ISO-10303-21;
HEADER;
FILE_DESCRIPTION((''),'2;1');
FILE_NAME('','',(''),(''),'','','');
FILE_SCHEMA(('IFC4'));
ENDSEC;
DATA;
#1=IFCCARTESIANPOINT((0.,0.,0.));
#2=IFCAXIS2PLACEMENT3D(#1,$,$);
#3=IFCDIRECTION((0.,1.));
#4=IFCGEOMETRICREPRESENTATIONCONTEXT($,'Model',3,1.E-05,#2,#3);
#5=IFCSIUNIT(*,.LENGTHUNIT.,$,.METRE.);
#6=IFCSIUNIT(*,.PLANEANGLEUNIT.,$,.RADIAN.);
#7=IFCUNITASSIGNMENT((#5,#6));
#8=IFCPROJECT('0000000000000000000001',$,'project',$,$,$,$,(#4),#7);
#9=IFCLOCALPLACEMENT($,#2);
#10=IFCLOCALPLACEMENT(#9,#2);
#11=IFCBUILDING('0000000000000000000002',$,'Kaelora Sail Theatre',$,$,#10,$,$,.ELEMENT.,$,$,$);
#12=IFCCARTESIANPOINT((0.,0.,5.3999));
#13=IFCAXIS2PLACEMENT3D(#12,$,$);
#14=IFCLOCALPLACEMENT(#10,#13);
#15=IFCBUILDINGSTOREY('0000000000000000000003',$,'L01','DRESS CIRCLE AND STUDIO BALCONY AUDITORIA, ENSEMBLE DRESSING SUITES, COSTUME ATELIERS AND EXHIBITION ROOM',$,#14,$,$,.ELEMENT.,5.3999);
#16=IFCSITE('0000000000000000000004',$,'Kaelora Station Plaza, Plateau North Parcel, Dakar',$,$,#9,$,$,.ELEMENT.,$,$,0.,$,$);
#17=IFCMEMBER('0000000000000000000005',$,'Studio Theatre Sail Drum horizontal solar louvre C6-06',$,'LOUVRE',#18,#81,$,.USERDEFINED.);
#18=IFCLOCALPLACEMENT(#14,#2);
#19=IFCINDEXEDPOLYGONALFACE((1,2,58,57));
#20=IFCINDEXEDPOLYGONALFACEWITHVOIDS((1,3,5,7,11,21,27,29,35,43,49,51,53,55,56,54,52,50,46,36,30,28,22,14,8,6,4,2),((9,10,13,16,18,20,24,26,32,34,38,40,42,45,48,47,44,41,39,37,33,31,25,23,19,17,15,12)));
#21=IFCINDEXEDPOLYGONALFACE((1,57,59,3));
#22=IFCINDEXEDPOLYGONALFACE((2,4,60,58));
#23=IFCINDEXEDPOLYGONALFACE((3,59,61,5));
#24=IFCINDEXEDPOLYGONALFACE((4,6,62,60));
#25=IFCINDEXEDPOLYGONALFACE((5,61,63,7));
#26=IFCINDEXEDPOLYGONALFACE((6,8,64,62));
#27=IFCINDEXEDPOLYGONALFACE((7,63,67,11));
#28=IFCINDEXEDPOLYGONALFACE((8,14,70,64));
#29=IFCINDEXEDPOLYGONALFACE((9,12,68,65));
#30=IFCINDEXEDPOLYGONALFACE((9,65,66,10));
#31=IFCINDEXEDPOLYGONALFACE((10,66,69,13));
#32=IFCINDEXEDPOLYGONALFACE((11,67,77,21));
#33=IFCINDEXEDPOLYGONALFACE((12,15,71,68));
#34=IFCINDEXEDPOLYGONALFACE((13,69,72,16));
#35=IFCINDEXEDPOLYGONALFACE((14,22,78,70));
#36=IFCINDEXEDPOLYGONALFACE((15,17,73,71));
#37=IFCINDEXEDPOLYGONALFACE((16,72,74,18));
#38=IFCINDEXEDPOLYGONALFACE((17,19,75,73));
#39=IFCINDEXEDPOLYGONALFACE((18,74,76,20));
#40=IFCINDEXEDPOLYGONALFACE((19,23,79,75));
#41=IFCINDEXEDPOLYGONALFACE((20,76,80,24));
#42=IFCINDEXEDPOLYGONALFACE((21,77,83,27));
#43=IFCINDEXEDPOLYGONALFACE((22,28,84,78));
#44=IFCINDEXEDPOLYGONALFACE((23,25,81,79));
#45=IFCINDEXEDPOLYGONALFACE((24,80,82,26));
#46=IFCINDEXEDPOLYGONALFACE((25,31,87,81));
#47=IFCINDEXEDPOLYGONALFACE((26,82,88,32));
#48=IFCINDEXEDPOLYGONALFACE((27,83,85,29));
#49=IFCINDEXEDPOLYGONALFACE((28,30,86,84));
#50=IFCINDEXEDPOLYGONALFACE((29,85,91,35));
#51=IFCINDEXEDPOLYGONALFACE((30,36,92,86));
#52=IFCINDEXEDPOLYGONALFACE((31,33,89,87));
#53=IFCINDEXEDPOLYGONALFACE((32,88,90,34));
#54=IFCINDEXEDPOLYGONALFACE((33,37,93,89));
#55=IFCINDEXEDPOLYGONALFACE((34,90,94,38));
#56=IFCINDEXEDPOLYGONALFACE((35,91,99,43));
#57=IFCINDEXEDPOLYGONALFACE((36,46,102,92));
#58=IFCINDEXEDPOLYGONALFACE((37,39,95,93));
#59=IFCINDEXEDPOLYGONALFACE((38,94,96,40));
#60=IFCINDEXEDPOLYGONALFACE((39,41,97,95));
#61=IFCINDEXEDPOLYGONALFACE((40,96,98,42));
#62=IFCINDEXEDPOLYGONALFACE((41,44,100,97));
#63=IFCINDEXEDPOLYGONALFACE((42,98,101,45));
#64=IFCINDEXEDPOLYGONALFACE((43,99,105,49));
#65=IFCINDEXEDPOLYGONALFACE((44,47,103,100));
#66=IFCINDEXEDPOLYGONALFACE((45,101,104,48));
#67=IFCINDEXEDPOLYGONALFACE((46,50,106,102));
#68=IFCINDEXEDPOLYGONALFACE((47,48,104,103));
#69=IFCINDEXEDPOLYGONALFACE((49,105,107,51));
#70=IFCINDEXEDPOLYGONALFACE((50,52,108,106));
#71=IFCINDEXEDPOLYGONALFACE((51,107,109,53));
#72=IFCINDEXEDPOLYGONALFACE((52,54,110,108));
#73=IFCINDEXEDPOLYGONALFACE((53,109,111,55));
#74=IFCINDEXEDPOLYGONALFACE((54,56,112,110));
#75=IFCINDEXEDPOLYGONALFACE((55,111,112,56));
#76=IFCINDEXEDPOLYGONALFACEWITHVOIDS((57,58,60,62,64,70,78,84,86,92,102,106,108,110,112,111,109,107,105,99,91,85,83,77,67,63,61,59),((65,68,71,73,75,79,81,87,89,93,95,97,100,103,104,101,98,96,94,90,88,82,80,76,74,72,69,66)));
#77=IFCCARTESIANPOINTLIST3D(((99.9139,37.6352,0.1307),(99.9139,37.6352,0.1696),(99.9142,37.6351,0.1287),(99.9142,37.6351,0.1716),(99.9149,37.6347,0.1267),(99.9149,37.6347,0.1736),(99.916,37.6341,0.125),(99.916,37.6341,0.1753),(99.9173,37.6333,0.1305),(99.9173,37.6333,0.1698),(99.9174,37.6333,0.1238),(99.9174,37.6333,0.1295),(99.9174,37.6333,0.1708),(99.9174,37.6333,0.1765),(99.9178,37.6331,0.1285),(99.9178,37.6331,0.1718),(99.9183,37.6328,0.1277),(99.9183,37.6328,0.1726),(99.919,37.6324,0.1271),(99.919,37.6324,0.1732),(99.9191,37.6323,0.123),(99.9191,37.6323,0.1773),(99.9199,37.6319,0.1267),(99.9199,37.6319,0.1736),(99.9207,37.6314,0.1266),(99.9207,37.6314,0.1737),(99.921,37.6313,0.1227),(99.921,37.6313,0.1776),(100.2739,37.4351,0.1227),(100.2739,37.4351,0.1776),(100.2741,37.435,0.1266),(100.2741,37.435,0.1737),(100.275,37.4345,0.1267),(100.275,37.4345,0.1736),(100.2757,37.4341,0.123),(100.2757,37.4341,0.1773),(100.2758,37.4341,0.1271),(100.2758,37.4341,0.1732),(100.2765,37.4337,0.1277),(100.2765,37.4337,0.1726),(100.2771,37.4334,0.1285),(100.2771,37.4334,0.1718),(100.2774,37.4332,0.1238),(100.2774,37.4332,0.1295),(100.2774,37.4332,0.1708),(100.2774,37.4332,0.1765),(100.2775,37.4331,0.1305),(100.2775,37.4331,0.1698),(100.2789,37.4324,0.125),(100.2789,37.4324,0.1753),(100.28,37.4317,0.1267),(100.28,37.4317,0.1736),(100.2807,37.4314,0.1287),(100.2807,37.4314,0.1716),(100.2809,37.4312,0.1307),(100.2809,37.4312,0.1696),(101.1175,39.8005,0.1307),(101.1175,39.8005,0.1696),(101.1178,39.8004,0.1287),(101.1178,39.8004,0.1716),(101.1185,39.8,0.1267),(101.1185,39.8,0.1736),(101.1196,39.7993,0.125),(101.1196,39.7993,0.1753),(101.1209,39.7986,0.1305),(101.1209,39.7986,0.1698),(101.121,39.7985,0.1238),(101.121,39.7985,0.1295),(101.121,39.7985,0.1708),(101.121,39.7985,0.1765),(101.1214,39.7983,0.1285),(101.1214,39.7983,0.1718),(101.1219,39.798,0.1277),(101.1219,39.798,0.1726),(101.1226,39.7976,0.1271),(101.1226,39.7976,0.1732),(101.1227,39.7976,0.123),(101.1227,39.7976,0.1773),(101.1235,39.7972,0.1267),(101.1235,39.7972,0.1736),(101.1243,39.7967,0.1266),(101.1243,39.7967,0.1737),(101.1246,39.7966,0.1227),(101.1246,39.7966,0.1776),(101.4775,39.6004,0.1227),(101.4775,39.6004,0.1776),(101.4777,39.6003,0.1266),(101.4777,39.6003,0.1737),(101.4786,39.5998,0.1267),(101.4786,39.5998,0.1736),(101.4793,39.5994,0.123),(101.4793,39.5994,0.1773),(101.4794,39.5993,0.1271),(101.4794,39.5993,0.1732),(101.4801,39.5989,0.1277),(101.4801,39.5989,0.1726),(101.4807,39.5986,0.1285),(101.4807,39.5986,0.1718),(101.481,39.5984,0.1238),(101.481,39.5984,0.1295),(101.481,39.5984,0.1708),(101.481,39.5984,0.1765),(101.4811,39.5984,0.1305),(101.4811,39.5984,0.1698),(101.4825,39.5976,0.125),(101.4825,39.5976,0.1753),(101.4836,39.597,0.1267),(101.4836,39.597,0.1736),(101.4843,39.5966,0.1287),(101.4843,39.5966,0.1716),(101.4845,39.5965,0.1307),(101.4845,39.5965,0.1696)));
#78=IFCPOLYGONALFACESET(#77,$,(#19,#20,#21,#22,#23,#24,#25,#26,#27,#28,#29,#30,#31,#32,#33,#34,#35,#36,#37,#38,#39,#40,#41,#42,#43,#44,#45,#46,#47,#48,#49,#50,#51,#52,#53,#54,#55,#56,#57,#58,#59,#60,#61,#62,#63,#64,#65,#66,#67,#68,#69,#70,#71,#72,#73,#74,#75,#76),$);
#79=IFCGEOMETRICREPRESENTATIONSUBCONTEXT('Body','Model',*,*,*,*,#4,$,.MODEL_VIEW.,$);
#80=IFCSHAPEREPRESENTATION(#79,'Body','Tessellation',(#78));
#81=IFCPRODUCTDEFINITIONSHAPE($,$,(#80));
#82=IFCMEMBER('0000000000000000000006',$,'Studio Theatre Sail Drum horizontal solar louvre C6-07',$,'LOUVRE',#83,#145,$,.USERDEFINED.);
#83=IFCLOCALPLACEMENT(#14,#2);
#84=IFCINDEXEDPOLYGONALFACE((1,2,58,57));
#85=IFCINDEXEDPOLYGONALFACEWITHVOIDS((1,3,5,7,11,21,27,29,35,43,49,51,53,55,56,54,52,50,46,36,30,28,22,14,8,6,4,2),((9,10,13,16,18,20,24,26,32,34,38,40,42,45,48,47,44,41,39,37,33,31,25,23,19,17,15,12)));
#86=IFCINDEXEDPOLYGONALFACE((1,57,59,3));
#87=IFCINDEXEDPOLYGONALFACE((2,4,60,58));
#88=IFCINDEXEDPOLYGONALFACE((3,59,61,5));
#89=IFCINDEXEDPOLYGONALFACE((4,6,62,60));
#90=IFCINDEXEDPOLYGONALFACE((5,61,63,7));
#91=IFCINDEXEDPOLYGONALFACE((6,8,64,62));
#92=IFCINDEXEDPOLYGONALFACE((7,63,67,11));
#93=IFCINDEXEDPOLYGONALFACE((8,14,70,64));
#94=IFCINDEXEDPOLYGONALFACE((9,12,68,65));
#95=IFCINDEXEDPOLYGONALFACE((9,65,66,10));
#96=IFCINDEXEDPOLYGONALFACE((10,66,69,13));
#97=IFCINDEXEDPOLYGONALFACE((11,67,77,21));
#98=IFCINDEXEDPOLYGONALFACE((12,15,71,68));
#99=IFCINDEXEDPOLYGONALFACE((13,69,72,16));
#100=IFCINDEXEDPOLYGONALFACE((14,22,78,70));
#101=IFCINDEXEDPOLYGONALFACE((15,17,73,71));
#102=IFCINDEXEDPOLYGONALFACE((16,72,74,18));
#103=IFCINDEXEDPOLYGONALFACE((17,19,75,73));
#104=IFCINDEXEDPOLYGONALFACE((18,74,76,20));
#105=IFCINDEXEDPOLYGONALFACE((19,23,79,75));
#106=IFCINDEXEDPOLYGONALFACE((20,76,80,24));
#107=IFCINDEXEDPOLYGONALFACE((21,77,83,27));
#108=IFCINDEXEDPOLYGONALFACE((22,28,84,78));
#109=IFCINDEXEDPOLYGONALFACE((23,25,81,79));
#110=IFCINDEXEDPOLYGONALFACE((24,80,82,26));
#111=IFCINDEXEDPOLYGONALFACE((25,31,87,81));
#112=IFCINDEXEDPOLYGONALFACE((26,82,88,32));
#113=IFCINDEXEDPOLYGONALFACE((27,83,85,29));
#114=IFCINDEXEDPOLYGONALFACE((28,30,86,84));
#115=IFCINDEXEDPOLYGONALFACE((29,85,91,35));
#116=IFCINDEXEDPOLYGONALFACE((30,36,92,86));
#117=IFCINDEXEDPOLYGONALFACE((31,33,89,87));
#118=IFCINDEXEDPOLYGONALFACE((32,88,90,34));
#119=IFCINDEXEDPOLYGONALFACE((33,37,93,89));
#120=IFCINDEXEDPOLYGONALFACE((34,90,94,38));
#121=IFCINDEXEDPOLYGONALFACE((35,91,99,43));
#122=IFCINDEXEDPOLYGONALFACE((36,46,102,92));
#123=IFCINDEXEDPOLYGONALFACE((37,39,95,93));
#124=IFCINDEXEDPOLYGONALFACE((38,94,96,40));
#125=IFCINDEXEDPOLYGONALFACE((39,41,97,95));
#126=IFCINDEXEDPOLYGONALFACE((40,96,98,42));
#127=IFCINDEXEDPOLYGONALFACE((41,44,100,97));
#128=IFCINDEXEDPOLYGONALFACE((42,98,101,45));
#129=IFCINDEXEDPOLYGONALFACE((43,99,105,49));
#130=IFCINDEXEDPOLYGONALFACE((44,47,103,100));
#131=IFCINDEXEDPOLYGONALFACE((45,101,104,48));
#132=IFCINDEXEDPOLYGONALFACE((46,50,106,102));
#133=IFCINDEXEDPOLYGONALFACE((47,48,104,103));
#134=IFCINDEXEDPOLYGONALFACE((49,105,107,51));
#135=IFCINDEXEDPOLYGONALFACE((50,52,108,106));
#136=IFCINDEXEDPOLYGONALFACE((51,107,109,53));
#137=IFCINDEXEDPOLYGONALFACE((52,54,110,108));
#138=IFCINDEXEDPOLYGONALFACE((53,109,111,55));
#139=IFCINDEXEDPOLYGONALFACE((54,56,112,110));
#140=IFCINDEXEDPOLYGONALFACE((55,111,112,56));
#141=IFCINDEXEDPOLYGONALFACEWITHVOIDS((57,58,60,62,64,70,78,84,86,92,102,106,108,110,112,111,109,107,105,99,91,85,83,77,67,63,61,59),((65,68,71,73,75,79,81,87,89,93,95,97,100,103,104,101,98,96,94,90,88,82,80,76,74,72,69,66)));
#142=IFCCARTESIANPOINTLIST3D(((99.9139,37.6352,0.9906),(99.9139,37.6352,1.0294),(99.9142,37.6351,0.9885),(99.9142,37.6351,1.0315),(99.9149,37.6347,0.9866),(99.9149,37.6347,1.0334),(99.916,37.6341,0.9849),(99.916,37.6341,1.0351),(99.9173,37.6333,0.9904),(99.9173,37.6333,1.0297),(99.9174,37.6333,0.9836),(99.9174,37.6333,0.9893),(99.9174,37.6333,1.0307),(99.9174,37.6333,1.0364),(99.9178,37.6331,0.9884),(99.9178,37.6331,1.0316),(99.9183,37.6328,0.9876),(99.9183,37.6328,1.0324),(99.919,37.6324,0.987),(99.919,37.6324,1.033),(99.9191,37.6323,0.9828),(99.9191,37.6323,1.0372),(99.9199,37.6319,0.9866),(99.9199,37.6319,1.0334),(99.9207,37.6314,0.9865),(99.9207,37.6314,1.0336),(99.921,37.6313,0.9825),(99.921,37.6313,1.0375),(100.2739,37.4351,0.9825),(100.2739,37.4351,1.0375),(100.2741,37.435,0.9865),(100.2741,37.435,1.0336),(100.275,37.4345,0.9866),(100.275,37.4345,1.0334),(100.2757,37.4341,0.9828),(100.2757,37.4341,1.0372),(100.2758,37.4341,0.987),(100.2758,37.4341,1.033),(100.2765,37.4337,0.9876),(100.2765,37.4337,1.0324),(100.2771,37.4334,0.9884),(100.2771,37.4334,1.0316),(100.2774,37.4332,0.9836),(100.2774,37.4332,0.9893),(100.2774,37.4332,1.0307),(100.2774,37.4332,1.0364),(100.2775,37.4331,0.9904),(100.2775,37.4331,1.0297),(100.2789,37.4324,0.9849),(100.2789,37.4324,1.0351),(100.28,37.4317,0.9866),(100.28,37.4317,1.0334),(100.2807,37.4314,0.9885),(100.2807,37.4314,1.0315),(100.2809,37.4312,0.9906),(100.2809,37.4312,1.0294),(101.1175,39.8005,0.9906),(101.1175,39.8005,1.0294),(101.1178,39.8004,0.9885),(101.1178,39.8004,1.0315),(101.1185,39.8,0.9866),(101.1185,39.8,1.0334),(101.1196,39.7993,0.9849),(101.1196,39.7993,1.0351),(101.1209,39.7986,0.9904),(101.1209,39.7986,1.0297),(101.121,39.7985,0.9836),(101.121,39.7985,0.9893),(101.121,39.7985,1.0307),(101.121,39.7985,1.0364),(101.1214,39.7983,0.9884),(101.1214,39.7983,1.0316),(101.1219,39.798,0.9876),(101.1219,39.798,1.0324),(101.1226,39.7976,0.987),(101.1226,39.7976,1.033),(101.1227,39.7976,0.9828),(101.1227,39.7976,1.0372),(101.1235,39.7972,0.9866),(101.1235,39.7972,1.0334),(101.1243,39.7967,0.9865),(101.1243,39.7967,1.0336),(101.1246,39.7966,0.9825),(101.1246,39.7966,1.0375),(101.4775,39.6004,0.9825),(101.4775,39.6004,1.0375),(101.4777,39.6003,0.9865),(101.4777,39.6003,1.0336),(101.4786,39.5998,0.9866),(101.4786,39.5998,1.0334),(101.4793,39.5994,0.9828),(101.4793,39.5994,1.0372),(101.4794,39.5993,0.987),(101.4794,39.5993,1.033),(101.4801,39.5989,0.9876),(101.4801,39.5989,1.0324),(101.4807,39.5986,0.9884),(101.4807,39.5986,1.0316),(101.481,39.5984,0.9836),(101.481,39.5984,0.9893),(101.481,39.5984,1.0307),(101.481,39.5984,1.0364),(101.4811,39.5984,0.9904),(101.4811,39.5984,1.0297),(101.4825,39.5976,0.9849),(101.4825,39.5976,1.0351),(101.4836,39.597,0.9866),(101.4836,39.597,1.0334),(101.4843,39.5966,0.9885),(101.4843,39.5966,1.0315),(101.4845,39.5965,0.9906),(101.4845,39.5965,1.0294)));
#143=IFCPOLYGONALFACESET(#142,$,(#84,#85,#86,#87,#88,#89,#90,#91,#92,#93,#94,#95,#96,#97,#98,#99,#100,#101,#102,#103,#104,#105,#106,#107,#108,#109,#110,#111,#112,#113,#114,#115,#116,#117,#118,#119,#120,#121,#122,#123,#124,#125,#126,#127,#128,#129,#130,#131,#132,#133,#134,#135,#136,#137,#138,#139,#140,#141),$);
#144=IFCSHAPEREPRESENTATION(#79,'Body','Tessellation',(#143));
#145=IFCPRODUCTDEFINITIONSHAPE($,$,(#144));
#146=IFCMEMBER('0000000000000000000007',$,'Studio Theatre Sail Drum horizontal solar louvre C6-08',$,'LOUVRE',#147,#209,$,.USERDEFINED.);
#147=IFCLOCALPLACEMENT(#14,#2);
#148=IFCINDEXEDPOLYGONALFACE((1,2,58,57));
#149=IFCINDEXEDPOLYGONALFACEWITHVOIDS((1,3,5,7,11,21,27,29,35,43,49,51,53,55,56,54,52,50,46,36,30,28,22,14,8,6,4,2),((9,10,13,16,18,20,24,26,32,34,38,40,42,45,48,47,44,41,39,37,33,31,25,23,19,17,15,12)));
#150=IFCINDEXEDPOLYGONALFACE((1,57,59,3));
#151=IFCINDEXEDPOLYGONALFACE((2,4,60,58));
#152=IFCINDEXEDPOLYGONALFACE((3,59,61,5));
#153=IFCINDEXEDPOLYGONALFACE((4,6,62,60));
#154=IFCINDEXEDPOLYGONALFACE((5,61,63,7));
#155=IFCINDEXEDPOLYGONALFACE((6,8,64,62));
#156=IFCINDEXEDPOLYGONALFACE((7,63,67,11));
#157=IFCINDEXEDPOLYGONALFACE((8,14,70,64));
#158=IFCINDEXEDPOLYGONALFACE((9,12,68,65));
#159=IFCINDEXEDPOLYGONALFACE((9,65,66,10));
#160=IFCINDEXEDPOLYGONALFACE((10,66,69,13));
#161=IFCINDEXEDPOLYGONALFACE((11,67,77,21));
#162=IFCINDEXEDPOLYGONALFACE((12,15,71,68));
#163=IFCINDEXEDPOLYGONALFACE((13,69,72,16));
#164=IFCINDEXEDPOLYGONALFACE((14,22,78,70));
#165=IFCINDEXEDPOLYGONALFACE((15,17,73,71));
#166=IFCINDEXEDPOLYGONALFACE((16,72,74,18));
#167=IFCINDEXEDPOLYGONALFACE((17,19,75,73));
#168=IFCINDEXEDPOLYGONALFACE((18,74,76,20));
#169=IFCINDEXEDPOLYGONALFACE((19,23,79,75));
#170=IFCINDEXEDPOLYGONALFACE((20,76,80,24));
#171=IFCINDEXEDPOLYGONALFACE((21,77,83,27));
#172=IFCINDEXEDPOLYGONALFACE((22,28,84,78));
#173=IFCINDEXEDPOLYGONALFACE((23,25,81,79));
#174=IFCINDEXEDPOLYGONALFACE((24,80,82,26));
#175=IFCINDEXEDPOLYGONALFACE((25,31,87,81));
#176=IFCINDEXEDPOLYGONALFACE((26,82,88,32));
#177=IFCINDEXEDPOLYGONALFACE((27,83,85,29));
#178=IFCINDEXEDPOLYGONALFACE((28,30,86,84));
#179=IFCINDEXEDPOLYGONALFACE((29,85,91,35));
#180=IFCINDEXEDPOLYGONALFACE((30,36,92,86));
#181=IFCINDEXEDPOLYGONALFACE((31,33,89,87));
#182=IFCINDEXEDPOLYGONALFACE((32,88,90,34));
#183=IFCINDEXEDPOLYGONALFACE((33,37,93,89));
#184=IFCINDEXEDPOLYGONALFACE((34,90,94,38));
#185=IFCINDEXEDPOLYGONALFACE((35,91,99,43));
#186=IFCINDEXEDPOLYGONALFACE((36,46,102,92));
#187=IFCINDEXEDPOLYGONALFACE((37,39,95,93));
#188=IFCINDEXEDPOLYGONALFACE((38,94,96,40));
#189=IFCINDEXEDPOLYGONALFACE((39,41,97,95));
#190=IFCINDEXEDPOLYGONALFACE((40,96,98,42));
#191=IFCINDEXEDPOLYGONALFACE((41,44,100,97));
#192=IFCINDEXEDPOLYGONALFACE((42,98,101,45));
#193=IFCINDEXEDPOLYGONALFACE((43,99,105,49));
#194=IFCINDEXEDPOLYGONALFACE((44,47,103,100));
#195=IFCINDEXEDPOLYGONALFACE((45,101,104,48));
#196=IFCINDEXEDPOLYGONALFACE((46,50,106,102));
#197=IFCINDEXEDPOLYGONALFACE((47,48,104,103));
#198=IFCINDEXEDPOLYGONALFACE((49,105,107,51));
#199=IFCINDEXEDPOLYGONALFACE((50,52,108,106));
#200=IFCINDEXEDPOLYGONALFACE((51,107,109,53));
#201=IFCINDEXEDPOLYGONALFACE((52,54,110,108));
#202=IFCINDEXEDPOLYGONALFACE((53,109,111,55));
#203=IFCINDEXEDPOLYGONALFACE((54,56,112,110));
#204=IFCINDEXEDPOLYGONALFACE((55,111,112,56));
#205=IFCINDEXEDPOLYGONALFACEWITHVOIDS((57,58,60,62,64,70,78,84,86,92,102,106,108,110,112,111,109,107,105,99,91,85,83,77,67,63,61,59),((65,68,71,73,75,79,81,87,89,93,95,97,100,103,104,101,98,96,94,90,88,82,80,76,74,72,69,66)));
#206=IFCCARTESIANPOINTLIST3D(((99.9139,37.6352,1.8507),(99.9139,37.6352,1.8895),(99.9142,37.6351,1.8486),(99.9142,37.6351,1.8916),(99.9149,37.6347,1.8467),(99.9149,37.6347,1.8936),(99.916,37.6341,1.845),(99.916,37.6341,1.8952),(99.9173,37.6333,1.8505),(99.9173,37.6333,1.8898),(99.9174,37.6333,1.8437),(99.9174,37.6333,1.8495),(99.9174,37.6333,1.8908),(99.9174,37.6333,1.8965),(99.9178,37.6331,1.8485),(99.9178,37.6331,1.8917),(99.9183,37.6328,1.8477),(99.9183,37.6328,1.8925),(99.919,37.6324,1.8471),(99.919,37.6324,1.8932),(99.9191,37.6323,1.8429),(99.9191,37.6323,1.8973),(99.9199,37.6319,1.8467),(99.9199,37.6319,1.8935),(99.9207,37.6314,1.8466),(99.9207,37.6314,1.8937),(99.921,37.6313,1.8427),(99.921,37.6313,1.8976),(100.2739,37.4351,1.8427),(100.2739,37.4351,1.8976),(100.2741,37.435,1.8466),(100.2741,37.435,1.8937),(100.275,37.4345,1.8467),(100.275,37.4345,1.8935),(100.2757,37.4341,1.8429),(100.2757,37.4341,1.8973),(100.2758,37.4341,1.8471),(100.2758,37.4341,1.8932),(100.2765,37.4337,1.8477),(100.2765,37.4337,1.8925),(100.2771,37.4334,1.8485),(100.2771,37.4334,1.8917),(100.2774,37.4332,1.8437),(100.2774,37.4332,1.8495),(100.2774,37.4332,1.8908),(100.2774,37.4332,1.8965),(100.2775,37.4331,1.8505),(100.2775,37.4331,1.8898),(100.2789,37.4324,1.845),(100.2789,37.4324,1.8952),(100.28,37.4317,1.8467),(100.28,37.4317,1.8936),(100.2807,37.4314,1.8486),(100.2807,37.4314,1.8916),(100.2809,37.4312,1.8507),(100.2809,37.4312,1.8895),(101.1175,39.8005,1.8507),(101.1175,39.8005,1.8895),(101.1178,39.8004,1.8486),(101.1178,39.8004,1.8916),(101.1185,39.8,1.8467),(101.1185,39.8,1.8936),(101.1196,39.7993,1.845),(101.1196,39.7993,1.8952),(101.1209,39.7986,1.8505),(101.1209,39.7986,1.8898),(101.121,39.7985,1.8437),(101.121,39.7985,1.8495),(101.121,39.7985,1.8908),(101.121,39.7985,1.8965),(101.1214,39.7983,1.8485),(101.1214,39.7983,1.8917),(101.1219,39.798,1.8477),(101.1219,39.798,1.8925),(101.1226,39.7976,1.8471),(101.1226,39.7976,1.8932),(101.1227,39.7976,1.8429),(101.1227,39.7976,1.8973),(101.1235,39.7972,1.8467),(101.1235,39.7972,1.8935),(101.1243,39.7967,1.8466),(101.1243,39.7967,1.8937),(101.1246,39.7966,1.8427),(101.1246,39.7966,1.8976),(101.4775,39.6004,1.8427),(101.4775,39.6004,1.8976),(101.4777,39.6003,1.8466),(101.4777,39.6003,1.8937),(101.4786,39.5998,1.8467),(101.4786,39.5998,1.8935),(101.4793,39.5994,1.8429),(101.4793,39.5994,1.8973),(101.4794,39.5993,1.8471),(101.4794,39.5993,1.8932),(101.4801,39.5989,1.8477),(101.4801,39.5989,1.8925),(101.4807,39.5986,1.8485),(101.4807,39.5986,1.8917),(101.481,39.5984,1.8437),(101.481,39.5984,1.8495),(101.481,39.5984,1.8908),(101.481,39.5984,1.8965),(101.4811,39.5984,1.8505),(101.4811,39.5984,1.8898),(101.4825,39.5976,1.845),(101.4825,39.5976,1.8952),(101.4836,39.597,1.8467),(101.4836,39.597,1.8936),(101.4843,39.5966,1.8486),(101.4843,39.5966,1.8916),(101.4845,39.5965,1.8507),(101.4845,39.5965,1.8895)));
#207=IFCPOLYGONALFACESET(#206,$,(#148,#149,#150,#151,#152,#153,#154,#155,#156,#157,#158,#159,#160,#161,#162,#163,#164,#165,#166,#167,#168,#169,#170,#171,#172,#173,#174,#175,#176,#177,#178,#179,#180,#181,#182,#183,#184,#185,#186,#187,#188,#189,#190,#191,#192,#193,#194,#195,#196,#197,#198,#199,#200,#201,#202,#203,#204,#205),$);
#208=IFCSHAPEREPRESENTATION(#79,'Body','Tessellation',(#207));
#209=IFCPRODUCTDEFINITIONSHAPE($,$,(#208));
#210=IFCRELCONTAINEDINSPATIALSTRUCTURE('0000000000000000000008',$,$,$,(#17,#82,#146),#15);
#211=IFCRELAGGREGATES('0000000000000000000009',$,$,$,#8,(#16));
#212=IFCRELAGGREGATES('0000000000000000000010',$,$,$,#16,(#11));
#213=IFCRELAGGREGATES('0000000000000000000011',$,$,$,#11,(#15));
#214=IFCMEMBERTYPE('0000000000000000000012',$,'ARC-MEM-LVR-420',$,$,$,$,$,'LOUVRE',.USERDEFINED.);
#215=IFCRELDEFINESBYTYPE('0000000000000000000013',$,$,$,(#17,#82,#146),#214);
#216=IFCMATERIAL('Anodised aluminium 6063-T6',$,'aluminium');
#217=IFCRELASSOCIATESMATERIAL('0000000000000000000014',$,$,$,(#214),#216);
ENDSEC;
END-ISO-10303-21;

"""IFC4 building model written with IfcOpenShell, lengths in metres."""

from ifc_helpers import new_model, si_unit, direction, frame, origin, origin_2d, place, context, subcontext, project, spatial, hollow_rectangle, extrude, material, material_profile, profile_set, type_object, element, save


model = new_model("IFC4")

# Units and contexts
model_context = context("Model", 3, precision=1e-05, world=origin(), true_north=direction((0.0, 1.0)))
body_context = subcontext(model_context, "Body", "Model", "MODEL_VIEW")
ifc_project = project(units=[si_unit("LENGTHUNIT", "METRE"), si_unit("PLANEANGLEUNIT", "RADIAN")], contexts=[model_context])

# Site, building, storey
site_placement = place(None, origin())
site = spatial("IfcSite", under=ifc_project, at=site_placement, Name="Kaelora Station Plaza, Plateau North Parcel, Dakar", CompositionType="ELEMENT", RefElevation=0.0)
building_placement = place(site_placement, origin())
building = spatial("IfcBuilding", under=site, at=building_placement, Name="Kaelora Sail Theatre", CompositionType="ELEMENT")
storey_placement = place(building_placement, frame((0.0, 0.0, 5.3999)))
storey = spatial("IfcBuildingStorey", under=building, at=storey_placement, Name="L01", Description="DRESS CIRCLE AND STUDIO BALCONY AUDITORIA, ENSEMBLE DRESSING SUITES, COSTUME ATELIERS AND EXHIBITION ROOM", CompositionType="ELEMENT", Elevation=5.3999)

# Members
ifc_material_1 = material(Name="Anodised aluminium 6063-T6", Category="aluminium")
ifc_material_profile_1 = material_profile(ifc_material_1, hollow_rectangle(XDim=0.4199, YDim=0.0549, WallThickness=0.0039, InnerFilletRadius=0.0039, OuterFilletRadius=0.0081, at=origin_2d()), Name="LOUVRE 420x55x4")
ifc_profile_set_1 = profile_set([ifc_material_profile_1], Name="Anodised aluminium 6063-T6")
member_type = type_object("IfcMemberType", Name="ARC-MEM-LVR-420", ElementType="LOUVRE", PredefinedType="USERDEFINED", material=ifc_profile_set_1)
for number, where, z_axis, x_axis, name in (
    (1, (101.301, 39.6985, 0.1501), (-0.485852, -0.874041, 0.0), (0.874041, -0.485852, 0.0), "Studio Theatre Sail Drum horizontal solar louvre C6-06"),
    (2, (101.301, 39.6985, 1.01), (-0.485852, -0.874041, 0.0), (0.874041, -0.485852, 0.0), "Studio Theatre Sail Drum horizontal solar louvre C6-07"),
    (3, (101.301, 39.6985, 1.8701), (-0.485852, -0.874041, 0.0), (0.874041, -0.485852, 0.0), "Studio Theatre Sail Drum horizontal solar louvre C6-08"),
):
    element("IfcMember", number, at=place(storey_placement, frame(where, z_axis=z_axis, x_axis=x_axis)), inside=storey, type_object=member_type, Name=name, ObjectType="LOUVRE", PredefinedType="USERDEFINED", context=body_context, shape_type="SweptSolid", body=[
        extrude(hollow_rectangle(XDim=0.4199, YDim=0.0549, WallThickness=0.0039, InnerFilletRadius=0.0039, OuterFilletRadius=0.0081, at=origin_2d()), origin(), (0.0, 0.0, 1.0), 2.4773),
    ])

save(model, "model.ifc")
